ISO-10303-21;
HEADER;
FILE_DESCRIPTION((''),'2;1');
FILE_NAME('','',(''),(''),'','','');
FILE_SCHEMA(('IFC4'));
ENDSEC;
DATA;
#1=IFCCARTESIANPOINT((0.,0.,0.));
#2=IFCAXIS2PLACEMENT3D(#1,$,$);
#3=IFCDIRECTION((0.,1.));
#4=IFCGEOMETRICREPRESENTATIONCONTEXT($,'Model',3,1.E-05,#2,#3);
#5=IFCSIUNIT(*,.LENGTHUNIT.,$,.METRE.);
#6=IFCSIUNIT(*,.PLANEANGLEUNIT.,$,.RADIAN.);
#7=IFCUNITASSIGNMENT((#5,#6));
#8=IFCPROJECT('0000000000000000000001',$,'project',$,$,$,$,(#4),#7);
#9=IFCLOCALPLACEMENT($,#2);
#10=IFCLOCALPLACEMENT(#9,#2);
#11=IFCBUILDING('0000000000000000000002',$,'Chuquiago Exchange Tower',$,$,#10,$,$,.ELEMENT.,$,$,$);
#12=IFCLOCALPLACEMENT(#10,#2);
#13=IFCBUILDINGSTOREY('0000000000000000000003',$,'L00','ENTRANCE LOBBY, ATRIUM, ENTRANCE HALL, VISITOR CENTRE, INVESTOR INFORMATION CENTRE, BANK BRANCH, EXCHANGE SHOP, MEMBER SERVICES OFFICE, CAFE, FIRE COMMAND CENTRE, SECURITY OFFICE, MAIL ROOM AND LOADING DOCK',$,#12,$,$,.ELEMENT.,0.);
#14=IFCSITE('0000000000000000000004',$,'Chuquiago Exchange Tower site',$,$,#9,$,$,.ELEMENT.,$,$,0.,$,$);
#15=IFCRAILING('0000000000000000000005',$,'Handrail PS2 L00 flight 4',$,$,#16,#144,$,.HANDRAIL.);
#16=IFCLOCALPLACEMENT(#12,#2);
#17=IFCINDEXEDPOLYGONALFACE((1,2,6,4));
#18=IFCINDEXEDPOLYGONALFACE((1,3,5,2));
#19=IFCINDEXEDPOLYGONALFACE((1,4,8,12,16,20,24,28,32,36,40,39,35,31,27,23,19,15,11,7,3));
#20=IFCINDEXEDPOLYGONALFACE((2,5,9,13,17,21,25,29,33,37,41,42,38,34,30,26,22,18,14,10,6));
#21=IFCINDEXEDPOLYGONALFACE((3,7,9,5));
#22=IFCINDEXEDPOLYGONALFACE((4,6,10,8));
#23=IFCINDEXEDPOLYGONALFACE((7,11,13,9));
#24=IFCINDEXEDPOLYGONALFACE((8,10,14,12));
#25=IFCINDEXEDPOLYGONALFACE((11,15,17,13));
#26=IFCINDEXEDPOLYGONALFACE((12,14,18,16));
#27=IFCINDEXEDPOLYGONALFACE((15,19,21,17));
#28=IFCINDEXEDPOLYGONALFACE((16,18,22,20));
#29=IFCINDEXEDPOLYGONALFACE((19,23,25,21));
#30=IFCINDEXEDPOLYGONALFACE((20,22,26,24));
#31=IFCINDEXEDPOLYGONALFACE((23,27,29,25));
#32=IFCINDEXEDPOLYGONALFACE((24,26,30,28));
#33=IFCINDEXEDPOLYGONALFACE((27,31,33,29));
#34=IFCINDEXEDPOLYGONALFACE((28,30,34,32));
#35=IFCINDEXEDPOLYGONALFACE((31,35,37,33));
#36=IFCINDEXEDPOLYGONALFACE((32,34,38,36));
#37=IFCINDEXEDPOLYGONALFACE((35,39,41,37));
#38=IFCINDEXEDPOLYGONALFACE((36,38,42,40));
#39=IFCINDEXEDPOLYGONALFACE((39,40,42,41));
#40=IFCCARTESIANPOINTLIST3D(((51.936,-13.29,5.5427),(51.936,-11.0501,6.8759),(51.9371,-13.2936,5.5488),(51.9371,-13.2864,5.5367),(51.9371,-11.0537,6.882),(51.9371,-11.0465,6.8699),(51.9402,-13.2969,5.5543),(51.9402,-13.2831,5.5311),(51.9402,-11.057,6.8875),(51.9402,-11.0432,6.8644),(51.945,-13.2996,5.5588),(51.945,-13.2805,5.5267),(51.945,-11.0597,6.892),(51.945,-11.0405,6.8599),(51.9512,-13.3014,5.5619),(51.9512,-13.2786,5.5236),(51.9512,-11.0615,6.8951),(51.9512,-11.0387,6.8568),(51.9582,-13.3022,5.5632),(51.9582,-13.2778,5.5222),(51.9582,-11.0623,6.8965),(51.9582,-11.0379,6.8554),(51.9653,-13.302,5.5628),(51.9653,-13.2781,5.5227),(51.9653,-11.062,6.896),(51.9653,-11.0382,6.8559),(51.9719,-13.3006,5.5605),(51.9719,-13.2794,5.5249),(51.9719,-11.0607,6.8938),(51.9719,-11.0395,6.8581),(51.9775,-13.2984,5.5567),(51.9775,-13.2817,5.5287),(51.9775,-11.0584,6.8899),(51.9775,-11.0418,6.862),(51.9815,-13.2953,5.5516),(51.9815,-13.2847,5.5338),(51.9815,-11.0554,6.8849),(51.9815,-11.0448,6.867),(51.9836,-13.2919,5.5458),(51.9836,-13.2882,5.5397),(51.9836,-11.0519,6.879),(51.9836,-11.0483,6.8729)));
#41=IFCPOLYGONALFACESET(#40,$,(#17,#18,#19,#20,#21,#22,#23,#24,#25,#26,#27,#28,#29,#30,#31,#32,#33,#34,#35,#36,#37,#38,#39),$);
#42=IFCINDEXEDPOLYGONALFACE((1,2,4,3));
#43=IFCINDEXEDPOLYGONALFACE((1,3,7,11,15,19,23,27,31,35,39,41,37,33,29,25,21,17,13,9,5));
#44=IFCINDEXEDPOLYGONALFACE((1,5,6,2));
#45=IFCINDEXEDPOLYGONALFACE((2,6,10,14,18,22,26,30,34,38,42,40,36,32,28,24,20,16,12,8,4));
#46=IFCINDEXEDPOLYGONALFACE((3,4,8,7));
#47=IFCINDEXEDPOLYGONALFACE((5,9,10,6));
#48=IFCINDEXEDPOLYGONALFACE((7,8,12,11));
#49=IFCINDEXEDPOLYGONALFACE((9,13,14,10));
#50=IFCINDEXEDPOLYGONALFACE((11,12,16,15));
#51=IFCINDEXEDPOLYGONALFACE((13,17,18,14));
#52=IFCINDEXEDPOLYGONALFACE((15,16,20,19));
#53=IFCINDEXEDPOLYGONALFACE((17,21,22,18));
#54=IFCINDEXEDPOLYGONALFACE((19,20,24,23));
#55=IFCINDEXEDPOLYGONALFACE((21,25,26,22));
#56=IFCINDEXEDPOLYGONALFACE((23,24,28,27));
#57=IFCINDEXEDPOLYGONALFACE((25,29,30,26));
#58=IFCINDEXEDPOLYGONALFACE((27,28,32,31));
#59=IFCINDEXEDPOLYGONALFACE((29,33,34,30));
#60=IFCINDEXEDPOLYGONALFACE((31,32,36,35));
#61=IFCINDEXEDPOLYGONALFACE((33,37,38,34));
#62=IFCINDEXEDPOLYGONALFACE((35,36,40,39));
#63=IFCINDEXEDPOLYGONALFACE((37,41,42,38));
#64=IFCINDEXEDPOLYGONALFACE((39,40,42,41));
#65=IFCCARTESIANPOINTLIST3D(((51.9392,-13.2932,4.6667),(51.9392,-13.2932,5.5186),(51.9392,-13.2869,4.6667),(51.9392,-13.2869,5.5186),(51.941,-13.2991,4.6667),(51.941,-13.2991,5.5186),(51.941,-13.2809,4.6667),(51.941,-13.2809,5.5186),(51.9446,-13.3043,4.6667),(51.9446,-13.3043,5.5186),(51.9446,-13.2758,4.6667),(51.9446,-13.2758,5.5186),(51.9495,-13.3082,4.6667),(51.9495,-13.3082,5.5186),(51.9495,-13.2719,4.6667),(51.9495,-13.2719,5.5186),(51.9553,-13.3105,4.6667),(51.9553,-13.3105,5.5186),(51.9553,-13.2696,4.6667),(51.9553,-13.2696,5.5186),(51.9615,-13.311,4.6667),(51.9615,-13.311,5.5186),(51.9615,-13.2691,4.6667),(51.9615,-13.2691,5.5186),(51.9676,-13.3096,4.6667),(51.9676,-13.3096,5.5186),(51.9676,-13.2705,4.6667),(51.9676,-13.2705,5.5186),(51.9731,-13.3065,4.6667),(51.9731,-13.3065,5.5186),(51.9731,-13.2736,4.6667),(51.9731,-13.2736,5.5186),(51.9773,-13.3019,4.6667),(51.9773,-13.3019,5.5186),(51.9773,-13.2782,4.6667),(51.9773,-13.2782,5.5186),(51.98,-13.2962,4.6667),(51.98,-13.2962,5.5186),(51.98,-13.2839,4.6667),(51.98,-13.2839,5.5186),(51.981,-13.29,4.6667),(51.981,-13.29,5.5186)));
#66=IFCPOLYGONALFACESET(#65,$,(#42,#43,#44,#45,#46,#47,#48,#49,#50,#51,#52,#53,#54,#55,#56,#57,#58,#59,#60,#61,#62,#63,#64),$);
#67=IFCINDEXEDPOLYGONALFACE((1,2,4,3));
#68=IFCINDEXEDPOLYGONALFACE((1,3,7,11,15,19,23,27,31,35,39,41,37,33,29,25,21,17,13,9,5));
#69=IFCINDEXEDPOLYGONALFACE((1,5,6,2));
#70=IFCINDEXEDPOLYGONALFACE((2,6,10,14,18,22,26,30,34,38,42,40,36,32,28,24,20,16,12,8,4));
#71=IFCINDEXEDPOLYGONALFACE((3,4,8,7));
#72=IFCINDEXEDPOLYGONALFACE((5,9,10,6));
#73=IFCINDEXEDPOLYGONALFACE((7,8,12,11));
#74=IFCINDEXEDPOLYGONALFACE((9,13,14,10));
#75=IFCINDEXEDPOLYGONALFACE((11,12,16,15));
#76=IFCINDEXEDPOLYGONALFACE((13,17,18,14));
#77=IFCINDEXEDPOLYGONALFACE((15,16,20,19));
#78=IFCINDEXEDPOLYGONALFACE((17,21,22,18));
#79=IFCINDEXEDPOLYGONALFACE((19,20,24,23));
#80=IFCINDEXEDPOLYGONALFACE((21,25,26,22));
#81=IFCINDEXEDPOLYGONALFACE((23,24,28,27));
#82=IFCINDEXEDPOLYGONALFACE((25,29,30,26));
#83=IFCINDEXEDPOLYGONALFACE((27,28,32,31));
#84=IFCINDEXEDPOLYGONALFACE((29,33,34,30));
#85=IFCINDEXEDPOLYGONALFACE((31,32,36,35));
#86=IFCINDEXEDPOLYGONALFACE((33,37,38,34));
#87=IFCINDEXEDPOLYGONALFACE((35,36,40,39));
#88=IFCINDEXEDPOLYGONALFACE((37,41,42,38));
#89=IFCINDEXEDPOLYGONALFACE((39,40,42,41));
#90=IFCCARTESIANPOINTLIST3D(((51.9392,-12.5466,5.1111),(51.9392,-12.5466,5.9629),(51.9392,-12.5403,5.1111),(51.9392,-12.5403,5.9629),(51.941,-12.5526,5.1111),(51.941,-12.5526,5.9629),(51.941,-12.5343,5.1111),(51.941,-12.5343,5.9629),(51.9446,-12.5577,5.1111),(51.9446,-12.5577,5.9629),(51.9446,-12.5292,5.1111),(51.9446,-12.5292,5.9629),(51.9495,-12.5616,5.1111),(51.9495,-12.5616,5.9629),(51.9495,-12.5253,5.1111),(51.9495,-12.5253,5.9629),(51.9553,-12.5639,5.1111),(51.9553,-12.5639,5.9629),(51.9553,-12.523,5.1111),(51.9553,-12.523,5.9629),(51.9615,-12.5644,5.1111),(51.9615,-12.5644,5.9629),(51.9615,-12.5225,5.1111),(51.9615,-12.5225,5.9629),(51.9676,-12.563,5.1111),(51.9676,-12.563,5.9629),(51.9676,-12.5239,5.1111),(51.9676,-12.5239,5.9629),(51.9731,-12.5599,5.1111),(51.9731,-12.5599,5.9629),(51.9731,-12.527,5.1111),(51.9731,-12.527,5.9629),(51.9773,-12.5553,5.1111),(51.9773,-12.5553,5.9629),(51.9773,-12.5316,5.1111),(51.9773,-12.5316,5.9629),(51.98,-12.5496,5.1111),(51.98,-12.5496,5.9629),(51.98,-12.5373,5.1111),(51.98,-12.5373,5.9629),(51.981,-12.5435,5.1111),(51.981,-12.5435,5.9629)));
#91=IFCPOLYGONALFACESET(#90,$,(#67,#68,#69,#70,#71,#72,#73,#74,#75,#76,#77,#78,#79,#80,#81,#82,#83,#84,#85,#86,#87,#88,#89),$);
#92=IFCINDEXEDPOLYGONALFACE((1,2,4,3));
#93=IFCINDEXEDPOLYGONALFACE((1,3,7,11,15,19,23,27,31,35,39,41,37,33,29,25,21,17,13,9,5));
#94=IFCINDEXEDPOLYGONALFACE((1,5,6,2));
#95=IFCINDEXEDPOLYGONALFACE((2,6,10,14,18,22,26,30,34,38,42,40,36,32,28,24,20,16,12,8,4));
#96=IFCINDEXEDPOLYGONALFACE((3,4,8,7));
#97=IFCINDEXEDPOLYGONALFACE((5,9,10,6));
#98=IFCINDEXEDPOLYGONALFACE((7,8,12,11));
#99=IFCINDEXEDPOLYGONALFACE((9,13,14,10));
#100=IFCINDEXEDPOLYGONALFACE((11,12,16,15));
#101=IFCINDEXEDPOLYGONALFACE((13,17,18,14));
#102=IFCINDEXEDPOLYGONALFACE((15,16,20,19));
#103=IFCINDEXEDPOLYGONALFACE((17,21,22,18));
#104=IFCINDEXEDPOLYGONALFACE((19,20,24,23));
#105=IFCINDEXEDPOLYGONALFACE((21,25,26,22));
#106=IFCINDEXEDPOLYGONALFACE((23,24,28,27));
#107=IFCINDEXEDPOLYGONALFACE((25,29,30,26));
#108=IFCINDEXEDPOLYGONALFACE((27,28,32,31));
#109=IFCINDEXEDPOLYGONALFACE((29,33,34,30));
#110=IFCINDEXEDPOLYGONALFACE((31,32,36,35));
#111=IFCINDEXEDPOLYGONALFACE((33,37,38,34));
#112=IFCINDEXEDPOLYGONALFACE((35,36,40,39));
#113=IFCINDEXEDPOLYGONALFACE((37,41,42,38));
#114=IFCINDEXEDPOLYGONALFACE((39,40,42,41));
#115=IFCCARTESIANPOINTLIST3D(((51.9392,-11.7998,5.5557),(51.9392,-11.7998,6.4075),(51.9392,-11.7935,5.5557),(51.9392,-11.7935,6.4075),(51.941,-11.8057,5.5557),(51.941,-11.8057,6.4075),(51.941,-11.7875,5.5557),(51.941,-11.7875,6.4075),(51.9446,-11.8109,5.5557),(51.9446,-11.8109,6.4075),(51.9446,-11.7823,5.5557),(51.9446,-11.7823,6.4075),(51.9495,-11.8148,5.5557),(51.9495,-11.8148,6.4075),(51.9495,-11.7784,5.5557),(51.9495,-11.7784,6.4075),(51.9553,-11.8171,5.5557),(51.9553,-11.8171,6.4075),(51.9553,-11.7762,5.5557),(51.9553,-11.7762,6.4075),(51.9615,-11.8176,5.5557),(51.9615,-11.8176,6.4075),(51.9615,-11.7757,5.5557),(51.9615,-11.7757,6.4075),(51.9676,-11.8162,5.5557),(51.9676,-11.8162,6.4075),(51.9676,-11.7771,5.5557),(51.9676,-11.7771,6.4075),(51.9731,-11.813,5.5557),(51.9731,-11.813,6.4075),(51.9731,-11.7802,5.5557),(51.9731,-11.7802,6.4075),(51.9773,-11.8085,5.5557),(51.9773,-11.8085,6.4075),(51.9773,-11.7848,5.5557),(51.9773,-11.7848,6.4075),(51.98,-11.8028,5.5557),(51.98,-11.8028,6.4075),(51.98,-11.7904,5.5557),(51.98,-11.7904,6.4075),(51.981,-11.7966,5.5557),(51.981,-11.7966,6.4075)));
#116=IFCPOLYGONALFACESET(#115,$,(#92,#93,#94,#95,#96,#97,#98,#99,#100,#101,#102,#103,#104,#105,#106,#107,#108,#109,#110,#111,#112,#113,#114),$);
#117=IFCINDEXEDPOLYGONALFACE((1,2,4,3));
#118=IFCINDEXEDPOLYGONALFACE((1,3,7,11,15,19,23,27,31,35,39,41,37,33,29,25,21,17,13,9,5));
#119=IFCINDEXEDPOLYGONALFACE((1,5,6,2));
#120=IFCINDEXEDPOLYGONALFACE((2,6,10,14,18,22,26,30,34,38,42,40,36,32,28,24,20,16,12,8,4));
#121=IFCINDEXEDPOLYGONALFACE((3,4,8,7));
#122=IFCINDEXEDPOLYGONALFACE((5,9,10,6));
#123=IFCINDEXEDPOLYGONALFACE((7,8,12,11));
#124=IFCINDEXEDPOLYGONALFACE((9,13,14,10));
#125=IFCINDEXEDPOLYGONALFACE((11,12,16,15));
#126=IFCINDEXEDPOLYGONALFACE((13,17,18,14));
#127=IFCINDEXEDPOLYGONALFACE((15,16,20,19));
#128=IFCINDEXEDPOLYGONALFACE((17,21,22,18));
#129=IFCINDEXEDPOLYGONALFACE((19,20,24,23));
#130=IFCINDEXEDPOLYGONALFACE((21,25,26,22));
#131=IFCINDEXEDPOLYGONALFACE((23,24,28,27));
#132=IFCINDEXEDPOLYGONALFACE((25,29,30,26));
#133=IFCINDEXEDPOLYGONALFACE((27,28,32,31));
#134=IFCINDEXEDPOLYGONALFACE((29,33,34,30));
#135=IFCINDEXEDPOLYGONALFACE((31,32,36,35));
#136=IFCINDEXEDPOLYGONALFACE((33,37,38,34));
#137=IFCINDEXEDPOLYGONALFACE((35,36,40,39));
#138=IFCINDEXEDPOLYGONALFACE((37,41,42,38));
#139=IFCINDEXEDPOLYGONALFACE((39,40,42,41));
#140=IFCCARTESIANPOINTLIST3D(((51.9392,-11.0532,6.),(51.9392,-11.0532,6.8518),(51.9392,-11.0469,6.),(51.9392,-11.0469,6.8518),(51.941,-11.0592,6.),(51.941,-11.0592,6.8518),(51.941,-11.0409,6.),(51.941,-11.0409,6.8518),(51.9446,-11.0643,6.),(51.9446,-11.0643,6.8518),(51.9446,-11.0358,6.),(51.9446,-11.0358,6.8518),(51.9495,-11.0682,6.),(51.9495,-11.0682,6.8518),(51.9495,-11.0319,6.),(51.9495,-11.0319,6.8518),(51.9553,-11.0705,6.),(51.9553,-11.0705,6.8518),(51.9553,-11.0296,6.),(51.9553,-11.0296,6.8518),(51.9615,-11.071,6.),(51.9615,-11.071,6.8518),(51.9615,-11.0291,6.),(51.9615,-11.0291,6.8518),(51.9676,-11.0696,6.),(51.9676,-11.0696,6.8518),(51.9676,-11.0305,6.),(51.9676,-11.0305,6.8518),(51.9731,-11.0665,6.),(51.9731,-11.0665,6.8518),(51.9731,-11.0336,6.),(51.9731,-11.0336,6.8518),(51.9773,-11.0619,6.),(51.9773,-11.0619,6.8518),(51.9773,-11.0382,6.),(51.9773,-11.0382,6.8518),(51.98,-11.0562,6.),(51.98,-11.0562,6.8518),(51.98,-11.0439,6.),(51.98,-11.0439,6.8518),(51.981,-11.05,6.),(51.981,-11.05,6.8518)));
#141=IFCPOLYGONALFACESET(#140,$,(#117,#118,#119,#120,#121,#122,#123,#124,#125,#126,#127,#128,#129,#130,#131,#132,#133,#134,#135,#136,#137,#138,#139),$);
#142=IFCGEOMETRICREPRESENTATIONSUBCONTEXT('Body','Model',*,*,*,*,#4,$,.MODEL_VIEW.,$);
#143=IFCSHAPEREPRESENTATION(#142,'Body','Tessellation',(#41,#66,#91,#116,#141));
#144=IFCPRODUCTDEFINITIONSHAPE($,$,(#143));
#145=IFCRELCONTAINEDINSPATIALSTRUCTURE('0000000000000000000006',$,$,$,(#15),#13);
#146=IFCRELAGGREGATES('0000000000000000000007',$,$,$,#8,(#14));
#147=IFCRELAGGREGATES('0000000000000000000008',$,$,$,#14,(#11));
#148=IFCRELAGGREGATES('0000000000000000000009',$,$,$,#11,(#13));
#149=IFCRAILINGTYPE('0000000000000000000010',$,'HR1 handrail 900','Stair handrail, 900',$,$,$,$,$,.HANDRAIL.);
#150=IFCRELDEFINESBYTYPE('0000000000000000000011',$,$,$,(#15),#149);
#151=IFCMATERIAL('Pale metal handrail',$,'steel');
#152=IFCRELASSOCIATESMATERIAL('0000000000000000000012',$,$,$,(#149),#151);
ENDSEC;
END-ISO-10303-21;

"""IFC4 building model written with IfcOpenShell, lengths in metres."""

from ifc_helpers import new_model, si_unit, direction, frame, origin, origin_2d, place, context, subcontext, project, spatial, circle, extrude, material, type_object, element, save


model = new_model("IFC4")

# Units and contexts
model_context = context("Model", 3, precision=1e-05, world=origin(), true_north=direction((0.0, 1.0)))
body_context = subcontext(model_context, "Body", "Model", "MODEL_VIEW")
ifc_project = project(units=[si_unit("LENGTHUNIT", "METRE"), si_unit("PLANEANGLEUNIT", "RADIAN")], contexts=[model_context])

# Site, building, storey
site_placement = place(None, origin())
site = spatial("IfcSite", under=ifc_project, at=site_placement, Name="Chuquiago Exchange Tower site", CompositionType="ELEMENT", RefElevation=0.0)
building_placement = place(site_placement, origin())
building = spatial("IfcBuilding", under=site, at=building_placement, Name="Chuquiago Exchange Tower", CompositionType="ELEMENT")
storey_placement = place(building_placement, origin())
storey = spatial("IfcBuildingStorey", under=building, at=storey_placement, Name="L00", Description="ENTRANCE LOBBY, ATRIUM, ENTRANCE HALL, VISITOR CENTRE, INVESTOR INFORMATION CENTRE, BANK BRANCH, EXCHANGE SHOP, MEMBER SERVICES OFFICE, CAFE, FIRE COMMAND CENTRE, SECURITY OFFICE, MAIL ROOM AND LOADING DOCK", CompositionType="ELEMENT", Elevation=0.0)

# Railing
ifc_material_1 = material(Name="Pale metal handrail", Category="steel")
railing_type = type_object("IfcRailingType", Name="HR1 handrail 900", Description="Stair handrail, 900", PredefinedType="HANDRAIL", material=ifc_material_1)
for number, where, name in (
    (1, (51.96, -13.29, 4.6667), "Handrail PS2 L00 flight 4"),
):
    element("IfcRailing", number, at=place(storey_placement, frame(where)), inside=storey, type_object=railing_type, Name=name, PredefinedType="HANDRAIL", context=body_context, shape_type="SweptSolid", body=[
        extrude(circle(Radius=0.0239, at=origin_2d()), frame((0.0, 0.0, 0.876), z_axis=(0.0, 0.859306, 0.511462), x_axis=(-1.0, 0.0, 0.0)), (0.0, 0.0, 1.0), 2.6067),
        extrude(circle(Radius=0.021, at=origin_2d()), origin(), (0.0, 0.0, 1.0), 0.8518),
        extrude(circle(Radius=0.021, at=origin_2d()), frame((0.0, 0.7466, 0.4443)), (0.0, 0.0, 1.0), 0.8518),
        extrude(circle(Radius=0.021, at=origin_2d()), frame((0.0, 1.4934, 0.8889)), (0.0, 0.0, 1.0), 0.8518),
        extrude(circle(Radius=0.021, at=origin_2d()), frame((0.0, 2.24, 1.3333)), (0.0, 0.0, 1.0), 0.8518),
    ])

save(model, "model.ifc")
